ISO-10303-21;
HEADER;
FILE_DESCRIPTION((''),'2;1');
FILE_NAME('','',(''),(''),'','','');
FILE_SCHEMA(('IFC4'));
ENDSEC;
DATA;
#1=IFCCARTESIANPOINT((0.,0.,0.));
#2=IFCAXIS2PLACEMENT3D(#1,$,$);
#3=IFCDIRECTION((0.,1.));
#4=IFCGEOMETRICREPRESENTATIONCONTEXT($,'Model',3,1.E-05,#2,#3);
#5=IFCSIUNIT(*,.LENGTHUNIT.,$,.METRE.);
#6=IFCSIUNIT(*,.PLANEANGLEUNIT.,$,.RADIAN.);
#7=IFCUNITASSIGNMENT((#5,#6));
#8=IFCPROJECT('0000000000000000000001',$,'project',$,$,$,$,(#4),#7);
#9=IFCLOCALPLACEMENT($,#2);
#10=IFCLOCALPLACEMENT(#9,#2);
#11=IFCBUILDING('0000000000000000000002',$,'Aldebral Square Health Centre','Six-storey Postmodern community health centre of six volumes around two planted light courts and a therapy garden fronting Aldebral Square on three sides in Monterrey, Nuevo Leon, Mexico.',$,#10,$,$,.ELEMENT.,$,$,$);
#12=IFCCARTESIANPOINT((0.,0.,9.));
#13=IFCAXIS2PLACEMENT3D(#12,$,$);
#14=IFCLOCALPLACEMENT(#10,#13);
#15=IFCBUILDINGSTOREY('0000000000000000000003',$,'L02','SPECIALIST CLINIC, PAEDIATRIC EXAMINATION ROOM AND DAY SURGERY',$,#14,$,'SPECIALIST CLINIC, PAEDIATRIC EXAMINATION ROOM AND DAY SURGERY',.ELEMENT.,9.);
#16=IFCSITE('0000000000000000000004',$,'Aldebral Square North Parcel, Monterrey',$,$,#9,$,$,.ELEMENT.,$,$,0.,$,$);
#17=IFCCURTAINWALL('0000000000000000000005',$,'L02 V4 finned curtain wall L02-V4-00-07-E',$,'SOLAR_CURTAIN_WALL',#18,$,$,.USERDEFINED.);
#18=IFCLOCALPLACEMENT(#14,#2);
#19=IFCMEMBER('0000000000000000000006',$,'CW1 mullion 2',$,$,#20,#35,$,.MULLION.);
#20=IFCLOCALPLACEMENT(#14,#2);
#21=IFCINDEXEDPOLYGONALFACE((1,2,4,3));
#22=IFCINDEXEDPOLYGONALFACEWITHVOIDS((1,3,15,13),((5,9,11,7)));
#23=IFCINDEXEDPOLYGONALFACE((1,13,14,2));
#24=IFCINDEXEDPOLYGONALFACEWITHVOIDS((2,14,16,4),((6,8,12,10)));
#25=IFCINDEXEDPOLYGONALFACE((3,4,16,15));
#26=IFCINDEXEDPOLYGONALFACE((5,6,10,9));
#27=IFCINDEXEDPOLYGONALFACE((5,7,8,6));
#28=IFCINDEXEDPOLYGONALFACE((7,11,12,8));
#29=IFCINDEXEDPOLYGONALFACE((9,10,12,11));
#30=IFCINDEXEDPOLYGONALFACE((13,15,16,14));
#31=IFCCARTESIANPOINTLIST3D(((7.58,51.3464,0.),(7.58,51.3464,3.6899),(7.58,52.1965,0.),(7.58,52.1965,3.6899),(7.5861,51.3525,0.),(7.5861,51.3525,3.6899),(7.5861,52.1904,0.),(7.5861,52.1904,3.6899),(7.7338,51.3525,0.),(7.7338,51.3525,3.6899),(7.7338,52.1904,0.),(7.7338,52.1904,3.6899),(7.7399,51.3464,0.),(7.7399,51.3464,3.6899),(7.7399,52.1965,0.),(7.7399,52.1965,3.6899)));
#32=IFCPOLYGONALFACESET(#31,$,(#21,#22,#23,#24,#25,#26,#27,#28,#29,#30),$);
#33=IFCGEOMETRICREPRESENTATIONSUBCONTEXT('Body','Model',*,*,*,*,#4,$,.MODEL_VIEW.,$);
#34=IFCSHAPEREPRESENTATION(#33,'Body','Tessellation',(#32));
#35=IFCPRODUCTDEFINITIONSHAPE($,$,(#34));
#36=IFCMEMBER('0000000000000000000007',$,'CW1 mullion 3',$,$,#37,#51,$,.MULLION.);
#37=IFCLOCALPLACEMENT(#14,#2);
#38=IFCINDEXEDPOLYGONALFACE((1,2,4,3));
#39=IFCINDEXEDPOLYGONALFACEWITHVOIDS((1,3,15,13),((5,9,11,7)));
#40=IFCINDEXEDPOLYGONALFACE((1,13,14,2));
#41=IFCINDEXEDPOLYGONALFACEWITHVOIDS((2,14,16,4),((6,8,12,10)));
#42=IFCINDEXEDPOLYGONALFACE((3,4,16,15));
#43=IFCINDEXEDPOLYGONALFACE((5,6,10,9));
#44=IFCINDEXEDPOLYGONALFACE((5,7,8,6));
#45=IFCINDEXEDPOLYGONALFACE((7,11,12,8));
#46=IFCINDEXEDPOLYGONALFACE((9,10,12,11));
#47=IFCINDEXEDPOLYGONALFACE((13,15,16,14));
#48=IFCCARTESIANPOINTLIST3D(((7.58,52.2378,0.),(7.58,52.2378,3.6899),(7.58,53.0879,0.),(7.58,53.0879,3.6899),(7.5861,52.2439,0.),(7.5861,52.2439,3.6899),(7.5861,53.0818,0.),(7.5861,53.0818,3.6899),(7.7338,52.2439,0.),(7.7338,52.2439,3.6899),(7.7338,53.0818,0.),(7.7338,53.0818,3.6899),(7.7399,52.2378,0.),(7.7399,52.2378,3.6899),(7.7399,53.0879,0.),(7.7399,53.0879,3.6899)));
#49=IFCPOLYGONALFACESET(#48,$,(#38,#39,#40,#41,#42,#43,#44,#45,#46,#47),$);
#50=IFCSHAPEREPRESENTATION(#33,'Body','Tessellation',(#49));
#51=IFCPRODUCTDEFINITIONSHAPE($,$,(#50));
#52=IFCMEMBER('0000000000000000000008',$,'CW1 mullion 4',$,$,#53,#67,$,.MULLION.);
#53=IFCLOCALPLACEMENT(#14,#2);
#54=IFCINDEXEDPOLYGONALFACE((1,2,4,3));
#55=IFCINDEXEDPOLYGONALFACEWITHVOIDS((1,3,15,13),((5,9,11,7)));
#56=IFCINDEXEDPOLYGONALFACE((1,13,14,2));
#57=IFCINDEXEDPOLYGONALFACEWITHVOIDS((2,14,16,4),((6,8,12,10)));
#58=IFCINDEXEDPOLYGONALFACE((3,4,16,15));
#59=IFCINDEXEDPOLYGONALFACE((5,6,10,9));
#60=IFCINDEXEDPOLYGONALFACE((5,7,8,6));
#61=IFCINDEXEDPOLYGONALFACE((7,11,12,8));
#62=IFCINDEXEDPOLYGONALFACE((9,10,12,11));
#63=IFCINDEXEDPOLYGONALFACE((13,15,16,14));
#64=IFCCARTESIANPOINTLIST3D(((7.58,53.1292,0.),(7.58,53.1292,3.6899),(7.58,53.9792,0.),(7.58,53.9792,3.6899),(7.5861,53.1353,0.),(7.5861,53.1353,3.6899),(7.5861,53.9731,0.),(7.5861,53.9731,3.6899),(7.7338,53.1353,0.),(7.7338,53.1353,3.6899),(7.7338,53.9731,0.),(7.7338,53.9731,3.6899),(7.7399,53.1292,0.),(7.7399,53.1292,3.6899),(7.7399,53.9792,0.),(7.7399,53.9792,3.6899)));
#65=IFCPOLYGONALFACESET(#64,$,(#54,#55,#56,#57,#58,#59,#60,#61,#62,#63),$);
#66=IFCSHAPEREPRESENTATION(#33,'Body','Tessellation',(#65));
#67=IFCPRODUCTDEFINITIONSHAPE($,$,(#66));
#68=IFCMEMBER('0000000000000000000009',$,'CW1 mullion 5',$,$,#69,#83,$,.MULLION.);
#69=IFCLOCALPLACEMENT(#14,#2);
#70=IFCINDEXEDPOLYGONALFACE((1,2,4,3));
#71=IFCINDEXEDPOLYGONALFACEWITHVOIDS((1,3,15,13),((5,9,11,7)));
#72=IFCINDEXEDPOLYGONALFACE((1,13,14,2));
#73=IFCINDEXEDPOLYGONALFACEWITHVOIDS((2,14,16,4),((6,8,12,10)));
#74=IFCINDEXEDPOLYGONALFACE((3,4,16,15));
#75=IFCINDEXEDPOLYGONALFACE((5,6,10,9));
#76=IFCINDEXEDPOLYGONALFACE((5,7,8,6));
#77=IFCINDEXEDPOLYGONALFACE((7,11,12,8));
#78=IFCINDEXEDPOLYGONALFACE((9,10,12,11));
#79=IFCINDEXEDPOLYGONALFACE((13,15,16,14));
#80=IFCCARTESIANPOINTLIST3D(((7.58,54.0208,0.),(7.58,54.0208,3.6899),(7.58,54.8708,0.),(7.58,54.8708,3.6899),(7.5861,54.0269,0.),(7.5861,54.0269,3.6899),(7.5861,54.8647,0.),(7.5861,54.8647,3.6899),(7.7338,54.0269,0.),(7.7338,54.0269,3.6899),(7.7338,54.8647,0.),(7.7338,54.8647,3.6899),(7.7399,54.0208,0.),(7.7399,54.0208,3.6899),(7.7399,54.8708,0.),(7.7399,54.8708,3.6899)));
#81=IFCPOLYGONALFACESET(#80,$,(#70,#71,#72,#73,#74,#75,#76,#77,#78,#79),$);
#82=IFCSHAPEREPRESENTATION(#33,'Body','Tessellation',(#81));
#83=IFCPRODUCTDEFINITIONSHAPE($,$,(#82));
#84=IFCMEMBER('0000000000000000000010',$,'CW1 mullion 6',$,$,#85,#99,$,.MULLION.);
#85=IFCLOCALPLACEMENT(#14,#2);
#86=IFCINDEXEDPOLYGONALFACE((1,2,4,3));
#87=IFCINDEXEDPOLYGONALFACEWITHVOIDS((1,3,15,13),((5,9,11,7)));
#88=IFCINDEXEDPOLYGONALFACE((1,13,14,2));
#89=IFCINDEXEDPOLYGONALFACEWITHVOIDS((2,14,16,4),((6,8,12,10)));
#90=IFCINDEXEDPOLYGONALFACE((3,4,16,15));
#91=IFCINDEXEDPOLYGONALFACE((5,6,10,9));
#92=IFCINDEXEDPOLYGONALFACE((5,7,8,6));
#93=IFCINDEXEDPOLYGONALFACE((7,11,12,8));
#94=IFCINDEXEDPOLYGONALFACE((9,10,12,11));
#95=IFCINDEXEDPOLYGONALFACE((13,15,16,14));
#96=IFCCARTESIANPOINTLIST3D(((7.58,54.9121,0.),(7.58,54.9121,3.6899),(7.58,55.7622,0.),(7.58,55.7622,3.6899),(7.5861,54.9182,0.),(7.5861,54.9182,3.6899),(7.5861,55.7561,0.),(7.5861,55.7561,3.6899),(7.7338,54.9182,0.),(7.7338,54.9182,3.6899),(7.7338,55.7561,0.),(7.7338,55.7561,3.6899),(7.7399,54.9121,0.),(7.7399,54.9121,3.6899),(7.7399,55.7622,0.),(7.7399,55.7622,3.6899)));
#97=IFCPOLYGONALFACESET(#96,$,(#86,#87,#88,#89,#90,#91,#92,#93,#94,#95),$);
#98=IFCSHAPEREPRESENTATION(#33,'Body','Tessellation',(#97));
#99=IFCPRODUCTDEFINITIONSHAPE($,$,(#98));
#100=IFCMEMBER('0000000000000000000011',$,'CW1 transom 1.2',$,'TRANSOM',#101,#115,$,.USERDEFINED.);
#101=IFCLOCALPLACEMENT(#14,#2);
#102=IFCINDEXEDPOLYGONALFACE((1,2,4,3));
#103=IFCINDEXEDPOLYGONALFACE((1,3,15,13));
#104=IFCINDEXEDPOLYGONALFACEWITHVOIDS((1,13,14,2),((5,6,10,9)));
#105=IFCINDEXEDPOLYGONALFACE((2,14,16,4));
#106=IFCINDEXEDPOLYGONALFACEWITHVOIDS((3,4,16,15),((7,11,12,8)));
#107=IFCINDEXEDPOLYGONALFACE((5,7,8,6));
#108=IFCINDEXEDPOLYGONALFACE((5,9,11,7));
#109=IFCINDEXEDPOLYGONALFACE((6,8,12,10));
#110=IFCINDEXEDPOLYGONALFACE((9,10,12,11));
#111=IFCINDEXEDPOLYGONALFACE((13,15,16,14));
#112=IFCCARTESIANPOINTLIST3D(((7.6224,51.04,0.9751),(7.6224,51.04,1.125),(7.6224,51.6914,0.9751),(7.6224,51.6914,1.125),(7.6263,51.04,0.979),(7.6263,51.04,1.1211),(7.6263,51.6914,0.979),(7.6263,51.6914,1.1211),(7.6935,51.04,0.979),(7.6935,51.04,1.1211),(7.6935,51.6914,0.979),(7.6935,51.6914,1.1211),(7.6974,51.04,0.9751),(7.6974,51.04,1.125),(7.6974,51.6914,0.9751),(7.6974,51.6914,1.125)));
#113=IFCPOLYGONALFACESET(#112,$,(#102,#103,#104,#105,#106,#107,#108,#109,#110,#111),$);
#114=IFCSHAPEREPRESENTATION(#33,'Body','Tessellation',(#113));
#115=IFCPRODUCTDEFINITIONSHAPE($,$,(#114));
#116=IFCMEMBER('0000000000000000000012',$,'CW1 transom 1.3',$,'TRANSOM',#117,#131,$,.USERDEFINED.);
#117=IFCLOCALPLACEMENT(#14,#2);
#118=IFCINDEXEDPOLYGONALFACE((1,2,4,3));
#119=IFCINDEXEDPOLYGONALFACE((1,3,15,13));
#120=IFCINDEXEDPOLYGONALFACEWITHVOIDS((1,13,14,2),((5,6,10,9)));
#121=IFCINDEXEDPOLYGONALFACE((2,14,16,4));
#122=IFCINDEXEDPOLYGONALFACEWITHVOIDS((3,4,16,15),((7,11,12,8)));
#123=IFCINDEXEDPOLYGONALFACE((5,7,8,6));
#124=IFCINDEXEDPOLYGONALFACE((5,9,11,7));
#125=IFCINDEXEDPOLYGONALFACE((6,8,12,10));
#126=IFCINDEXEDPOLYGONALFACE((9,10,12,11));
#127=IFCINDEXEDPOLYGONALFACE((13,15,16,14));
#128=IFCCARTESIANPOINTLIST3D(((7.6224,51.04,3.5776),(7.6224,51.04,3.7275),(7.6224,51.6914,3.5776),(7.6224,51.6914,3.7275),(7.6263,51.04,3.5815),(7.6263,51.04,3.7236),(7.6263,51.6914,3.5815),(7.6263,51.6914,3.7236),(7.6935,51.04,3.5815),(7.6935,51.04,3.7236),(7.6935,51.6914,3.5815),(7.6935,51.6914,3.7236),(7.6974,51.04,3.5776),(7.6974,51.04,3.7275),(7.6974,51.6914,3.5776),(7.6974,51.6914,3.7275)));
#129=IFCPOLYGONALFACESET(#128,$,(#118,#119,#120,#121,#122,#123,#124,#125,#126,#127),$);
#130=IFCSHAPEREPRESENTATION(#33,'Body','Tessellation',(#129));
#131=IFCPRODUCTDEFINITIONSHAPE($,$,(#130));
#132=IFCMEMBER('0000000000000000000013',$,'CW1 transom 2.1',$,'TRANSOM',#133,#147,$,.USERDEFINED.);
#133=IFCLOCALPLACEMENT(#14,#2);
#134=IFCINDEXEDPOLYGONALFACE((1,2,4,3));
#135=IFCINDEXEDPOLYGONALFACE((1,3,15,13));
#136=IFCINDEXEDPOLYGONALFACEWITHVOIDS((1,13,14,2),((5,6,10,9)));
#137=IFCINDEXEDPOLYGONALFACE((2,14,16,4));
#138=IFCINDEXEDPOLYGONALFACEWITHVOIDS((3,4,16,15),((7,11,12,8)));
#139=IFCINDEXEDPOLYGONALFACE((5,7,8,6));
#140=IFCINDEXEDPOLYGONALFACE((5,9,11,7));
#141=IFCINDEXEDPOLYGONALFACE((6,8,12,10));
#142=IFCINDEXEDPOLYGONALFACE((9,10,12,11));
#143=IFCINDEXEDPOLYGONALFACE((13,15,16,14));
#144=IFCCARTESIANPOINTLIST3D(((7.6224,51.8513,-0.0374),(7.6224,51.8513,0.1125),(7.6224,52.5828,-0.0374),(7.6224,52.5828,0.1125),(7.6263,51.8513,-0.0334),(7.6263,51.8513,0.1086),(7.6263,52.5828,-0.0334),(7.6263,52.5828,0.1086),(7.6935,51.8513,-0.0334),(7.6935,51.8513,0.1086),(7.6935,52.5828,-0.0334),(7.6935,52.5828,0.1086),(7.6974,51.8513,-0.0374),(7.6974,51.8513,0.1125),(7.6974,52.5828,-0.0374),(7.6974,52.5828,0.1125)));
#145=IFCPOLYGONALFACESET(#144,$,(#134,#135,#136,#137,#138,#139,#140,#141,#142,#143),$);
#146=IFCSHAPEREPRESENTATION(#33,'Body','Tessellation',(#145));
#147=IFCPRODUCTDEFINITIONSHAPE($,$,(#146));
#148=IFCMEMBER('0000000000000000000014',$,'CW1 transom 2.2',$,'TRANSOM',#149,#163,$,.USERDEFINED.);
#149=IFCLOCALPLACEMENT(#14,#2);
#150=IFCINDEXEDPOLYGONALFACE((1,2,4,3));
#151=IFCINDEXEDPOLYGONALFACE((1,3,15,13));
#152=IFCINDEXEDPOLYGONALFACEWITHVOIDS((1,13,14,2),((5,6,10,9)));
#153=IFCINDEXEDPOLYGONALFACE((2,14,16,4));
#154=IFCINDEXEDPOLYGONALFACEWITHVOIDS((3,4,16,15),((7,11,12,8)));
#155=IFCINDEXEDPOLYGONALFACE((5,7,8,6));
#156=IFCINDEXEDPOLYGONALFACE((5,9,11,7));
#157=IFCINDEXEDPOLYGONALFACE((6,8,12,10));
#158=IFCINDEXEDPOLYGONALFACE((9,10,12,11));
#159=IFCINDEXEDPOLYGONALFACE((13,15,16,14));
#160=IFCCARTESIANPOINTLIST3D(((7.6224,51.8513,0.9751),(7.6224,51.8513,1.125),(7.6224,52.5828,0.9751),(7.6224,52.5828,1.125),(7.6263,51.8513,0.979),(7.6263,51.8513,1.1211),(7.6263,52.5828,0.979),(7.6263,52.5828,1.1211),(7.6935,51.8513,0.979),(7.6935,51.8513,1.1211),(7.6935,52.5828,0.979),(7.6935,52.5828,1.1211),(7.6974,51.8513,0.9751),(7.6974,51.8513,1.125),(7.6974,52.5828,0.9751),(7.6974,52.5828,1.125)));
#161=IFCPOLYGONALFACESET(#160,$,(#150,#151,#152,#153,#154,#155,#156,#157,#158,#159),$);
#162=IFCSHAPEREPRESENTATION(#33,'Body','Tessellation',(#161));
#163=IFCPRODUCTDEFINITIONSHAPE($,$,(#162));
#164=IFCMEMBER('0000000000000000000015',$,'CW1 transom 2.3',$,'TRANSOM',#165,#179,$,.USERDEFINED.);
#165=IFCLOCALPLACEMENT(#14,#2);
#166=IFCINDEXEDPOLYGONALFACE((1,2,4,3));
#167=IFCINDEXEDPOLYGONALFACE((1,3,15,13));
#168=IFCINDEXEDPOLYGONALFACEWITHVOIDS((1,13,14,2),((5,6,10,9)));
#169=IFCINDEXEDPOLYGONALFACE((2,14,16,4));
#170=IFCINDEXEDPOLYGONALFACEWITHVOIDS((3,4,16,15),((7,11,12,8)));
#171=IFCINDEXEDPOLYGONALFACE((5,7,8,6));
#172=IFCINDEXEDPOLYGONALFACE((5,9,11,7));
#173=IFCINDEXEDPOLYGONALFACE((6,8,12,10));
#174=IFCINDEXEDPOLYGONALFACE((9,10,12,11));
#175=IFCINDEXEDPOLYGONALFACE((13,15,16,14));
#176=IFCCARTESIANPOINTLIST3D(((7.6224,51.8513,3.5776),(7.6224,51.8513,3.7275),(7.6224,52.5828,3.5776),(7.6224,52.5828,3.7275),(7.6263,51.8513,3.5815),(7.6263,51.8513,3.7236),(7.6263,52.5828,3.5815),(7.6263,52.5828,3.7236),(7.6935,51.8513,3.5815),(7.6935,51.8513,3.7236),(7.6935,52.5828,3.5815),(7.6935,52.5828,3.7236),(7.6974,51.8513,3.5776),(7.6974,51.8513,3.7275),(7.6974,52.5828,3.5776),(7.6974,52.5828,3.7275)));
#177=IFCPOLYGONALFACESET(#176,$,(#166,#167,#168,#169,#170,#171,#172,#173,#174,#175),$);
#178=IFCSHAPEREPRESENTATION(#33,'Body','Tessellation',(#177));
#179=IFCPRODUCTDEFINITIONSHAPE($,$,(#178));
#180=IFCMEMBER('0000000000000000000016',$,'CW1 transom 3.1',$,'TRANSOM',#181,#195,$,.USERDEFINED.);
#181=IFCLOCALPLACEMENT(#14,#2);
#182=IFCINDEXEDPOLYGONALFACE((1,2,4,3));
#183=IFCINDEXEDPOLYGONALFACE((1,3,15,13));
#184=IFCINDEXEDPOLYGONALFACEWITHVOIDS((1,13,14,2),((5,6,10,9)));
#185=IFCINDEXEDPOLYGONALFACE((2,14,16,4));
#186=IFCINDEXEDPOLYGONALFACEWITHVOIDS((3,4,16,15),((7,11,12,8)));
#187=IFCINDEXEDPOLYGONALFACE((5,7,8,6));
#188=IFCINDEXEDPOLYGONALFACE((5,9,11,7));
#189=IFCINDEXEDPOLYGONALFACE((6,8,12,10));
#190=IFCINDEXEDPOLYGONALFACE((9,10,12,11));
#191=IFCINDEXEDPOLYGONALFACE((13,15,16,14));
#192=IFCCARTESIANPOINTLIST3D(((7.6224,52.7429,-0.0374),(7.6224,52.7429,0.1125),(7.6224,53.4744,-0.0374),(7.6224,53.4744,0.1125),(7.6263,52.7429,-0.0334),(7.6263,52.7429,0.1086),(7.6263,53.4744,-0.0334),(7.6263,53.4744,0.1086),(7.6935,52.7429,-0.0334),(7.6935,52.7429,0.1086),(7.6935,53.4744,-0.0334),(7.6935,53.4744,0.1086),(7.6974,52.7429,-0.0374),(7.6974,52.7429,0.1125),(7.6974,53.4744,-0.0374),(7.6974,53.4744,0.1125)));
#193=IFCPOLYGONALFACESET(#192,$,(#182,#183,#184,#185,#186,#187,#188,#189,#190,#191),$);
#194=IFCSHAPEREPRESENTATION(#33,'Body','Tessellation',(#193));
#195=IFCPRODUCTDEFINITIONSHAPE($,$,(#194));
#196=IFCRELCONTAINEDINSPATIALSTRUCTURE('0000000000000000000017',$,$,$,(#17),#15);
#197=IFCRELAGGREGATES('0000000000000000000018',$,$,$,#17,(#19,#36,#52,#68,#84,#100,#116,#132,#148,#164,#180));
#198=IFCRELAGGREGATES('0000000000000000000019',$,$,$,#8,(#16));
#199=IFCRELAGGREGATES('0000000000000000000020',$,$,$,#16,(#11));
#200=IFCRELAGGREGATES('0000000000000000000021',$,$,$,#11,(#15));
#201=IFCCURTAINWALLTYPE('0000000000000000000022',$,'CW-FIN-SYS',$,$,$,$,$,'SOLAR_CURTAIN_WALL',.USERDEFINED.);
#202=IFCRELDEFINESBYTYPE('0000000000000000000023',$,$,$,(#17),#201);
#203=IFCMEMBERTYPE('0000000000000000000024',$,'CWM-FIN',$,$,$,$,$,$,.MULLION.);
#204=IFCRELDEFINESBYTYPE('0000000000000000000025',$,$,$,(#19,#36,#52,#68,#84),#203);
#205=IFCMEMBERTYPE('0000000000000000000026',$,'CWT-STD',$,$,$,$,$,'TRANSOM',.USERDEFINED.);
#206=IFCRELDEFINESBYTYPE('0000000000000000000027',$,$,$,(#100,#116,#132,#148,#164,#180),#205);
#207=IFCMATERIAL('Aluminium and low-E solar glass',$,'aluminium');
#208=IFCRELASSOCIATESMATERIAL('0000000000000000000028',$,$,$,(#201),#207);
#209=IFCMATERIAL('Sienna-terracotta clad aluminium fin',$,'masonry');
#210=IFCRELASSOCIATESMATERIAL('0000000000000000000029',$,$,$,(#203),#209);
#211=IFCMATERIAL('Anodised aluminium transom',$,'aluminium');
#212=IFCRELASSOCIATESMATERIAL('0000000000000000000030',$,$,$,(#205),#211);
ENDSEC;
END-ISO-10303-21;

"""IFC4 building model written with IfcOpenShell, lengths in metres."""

from ifc_helpers import new_model, si_unit, direction, frame, origin, origin_2d, place, context, subcontext, project, spatial, hollow_rectangle, extrude, material, material_profile, profile_set, type_object, element, aggregate, save


model = new_model("IFC4")

# Units and contexts
model_context = context("Model", 3, precision=1e-05, world=origin(), true_north=direction((0.0, 1.0)))
body_context = subcontext(model_context, "Body", "Model", "MODEL_VIEW")
ifc_project = project(units=[si_unit("LENGTHUNIT", "METRE"), si_unit("PLANEANGLEUNIT", "RADIAN")], contexts=[model_context])

# Site, building, storey
site_placement = place(None, origin())
site = spatial("IfcSite", under=ifc_project, at=site_placement, Name="Aldebral Square North Parcel, Monterrey", CompositionType="ELEMENT", RefElevation=0.0)
building_placement = place(site_placement, origin())
building = spatial("IfcBuilding", under=site, at=building_placement, Name="Aldebral Square Health Centre", Description="Six-storey Postmodern community health centre of six volumes around two planted light courts and a therapy garden fronting Aldebral Square on three sides in Monterrey, Nuevo Leon, Mexico.", CompositionType="ELEMENT")
storey_placement = place(building_placement, frame((0.0, 0.0, 9.0)))
storey = spatial("IfcBuildingStorey", under=building, at=storey_placement, Name="L02", Description="SPECIALIST CLINIC, PAEDIATRIC EXAMINATION ROOM AND DAY SURGERY", LongName="SPECIALIST CLINIC, PAEDIATRIC EXAMINATION ROOM AND DAY SURGERY", CompositionType="ELEMENT", Elevation=9.0)

# Curtain wall, members
ifc_material_1 = material(Name="Aluminium and low-E solar glass", Category="aluminium")
curtain_wall_type = type_object("IfcCurtainWallType", Name="CW-FIN-SYS", ElementType="SOLAR_CURTAIN_WALL", PredefinedType="USERDEFINED", material=ifc_material_1)
curtain_wall_placement = place(storey_placement, origin())
curtain_wall = element("IfcCurtainWall", 1, at=curtain_wall_placement, inside=storey, type_object=curtain_wall_type, Name="L02 V4 finned curtain wall L02-V4-00-07-E", ObjectType="SOLAR_CURTAIN_WALL", PredefinedType="USERDEFINED")
ifc_material_2 = material(Name="Sienna-terracotta clad aluminium fin", Category="masonry")
ifc_material_profile_1 = material_profile(ifc_material_2, hollow_rectangle(XDim=0.1599, YDim=0.8501, WallThickness=0.0061, at=origin_2d()), Name="FIN 160x850x6")
ifc_profile_set_1 = profile_set([ifc_material_profile_1], Name="Sienna-terracotta clad aluminium fin")
member_type_1 = type_object("IfcMemberType", Name="CWM-FIN", PredefinedType="MULLION", material=ifc_profile_set_1)
member_1_placement = place(storey_placement, frame((7.6599, 51.7715, 0.0), z_axis=(0.0, 0.0, 1.0), x_axis=(-1.0, 0.0, 0.0)))
member_1 = element("IfcMember", 2, at=member_1_placement, type_object=member_type_1, Name="CW1 mullion 2", PredefinedType="MULLION", context=body_context, shape_type="SweptSolid", body=[
    extrude(hollow_rectangle(XDim=0.1599, YDim=0.8501, WallThickness=0.0061, at=origin_2d()), origin(), (0.0, 0.0, 1.0), 3.6899),
])
member_2_placement = place(storey_placement, frame((7.6599, 52.6628, 0.0), z_axis=(0.0, 0.0, 1.0), x_axis=(-1.0, 0.0, 0.0)))
member_2 = element("IfcMember", 3, at=member_2_placement, type_object=member_type_1, Name="CW1 mullion 3", PredefinedType="MULLION", context=body_context, shape_type="SweptSolid", body=[
    extrude(hollow_rectangle(XDim=0.1599, YDim=0.8501, WallThickness=0.0061, at=origin_2d()), origin(), (0.0, 0.0, 1.0), 3.6899),
])
member_3_placement = place(storey_placement, frame((7.6599, 53.5542, 0.0), z_axis=(0.0, 0.0, 1.0), x_axis=(-1.0, 0.0, 0.0)))
member_3 = element("IfcMember", 4, at=member_3_placement, type_object=member_type_1, Name="CW1 mullion 4", PredefinedType="MULLION", context=body_context, shape_type="SweptSolid", body=[
    extrude(hollow_rectangle(XDim=0.1599, YDim=0.8501, WallThickness=0.0061, at=origin_2d()), origin(), (0.0, 0.0, 1.0), 3.6899),
])
member_4_placement = place(storey_placement, frame((7.6599, 54.4458, 0.0), z_axis=(0.0, 0.0, 1.0), x_axis=(-1.0, 0.0, 0.0)))
member_4 = element("IfcMember", 5, at=member_4_placement, type_object=member_type_1, Name="CW1 mullion 5", PredefinedType="MULLION", context=body_context, shape_type="SweptSolid", body=[
    extrude(hollow_rectangle(XDim=0.1599, YDim=0.8501, WallThickness=0.0061, at=origin_2d()), origin(), (0.0, 0.0, 1.0), 3.6899),
])
member_5_placement = place(storey_placement, frame((7.6599, 55.3372, 0.0), z_axis=(0.0, 0.0, 1.0), x_axis=(-1.0, 0.0, 0.0)))
member_5 = element("IfcMember", 6, at=member_5_placement, type_object=member_type_1, Name="CW1 mullion 6", PredefinedType="MULLION", context=body_context, shape_type="SweptSolid", body=[
    extrude(hollow_rectangle(XDim=0.1599, YDim=0.8501, WallThickness=0.0061, at=origin_2d()), origin(), (0.0, 0.0, 1.0), 3.6899),
])
ifc_material_3 = material(Name="Anodised aluminium transom", Category="aluminium")
ifc_material_profile_2 = material_profile(ifc_material_3, hollow_rectangle(XDim=0.075, YDim=0.1499, WallThickness=0.0039, at=origin_2d()), Name="CWT 75x150x4")
ifc_profile_set_2 = profile_set([ifc_material_profile_2], Name="Anodised aluminium transom")
member_type_2 = type_object("IfcMemberType", Name="CWT-STD", ElementType="TRANSOM", PredefinedType="USERDEFINED", material=ifc_profile_set_2)
member_6_placement = place(storey_placement, frame((7.6599, 51.04, 1.05), z_axis=(0.0, 1.0, 0.0), x_axis=(-1.0, 0.0, 0.0)))
member_6 = element("IfcMember", 7, at=member_6_placement, type_object=member_type_2, Name="CW1 transom 1.2", ObjectType="TRANSOM", PredefinedType="USERDEFINED", context=body_context, shape_type="SweptSolid", body=[
    extrude(hollow_rectangle(XDim=0.075, YDim=0.1499, WallThickness=0.0039, at=origin_2d()), origin(), (0.0, 0.0, 1.0), 0.6514),
])
member_7_placement = place(storey_placement, frame((7.6599, 51.04, 3.6526), z_axis=(0.0, 1.0, 0.0), x_axis=(-1.0, 0.0, 0.0)))
member_7 = element("IfcMember", 8, at=member_7_placement, type_object=member_type_2, Name="CW1 transom 1.3", ObjectType="TRANSOM", PredefinedType="USERDEFINED", context=body_context, shape_type="SweptSolid", body=[
    extrude(hollow_rectangle(XDim=0.075, YDim=0.1499, WallThickness=0.0039, at=origin_2d()), origin(), (0.0, 0.0, 1.0), 0.6514),
])
member_8_placement = place(storey_placement, frame((7.6599, 51.8513, 0.0376), z_axis=(0.0, 1.0, 0.0), x_axis=(-1.0, 0.0, 0.0)))
member_8 = element("IfcMember", 9, at=member_8_placement, type_object=member_type_2, Name="CW1 transom 2.1", ObjectType="TRANSOM", PredefinedType="USERDEFINED", context=body_context, shape_type="SweptSolid", body=[
    extrude(hollow_rectangle(XDim=0.075, YDim=0.1499, WallThickness=0.0039, at=origin_2d()), origin(), (0.0, 0.0, 1.0), 0.7314),
])
member_9_placement = place(storey_placement, frame((7.6599, 51.8513, 1.05), z_axis=(0.0, 1.0, 0.0), x_axis=(-1.0, 0.0, 0.0)))
member_9 = element("IfcMember", 10, at=member_9_placement, type_object=member_type_2, Name="CW1 transom 2.2", ObjectType="TRANSOM", PredefinedType="USERDEFINED", context=body_context, shape_type="SweptSolid", body=[
    extrude(hollow_rectangle(XDim=0.075, YDim=0.1499, WallThickness=0.0039, at=origin_2d()), origin(), (0.0, 0.0, 1.0), 0.7314),
])
member_10_placement = place(storey_placement, frame((7.6599, 51.8513, 3.6526), z_axis=(0.0, 1.0, 0.0), x_axis=(-1.0, 0.0, 0.0)))
member_10 = element("IfcMember", 11, at=member_10_placement, type_object=member_type_2, Name="CW1 transom 2.3", ObjectType="TRANSOM", PredefinedType="USERDEFINED", context=body_context, shape_type="SweptSolid", body=[
    extrude(hollow_rectangle(XDim=0.075, YDim=0.1499, WallThickness=0.0039, at=origin_2d()), origin(), (0.0, 0.0, 1.0), 0.7314),
])
member_11_placement = place(storey_placement, frame((7.6599, 52.7429, 0.0376), z_axis=(0.0, 1.0, 0.0), x_axis=(-1.0, 0.0, 0.0)))
member_11 = element("IfcMember", 12, at=member_11_placement, type_object=member_type_2, Name="CW1 transom 3.1", ObjectType="TRANSOM", PredefinedType="USERDEFINED", context=body_context, shape_type="SweptSolid", body=[
    extrude(hollow_rectangle(XDim=0.075, YDim=0.1499, WallThickness=0.0039, at=origin_2d()), origin(), (0.0, 0.0, 1.0), 0.7314),
])
aggregate(curtain_wall, [member_1, member_2, member_3, member_4, member_5, member_6, member_7, member_8, member_9, member_10, member_11])

save(model, "model.ifc")
